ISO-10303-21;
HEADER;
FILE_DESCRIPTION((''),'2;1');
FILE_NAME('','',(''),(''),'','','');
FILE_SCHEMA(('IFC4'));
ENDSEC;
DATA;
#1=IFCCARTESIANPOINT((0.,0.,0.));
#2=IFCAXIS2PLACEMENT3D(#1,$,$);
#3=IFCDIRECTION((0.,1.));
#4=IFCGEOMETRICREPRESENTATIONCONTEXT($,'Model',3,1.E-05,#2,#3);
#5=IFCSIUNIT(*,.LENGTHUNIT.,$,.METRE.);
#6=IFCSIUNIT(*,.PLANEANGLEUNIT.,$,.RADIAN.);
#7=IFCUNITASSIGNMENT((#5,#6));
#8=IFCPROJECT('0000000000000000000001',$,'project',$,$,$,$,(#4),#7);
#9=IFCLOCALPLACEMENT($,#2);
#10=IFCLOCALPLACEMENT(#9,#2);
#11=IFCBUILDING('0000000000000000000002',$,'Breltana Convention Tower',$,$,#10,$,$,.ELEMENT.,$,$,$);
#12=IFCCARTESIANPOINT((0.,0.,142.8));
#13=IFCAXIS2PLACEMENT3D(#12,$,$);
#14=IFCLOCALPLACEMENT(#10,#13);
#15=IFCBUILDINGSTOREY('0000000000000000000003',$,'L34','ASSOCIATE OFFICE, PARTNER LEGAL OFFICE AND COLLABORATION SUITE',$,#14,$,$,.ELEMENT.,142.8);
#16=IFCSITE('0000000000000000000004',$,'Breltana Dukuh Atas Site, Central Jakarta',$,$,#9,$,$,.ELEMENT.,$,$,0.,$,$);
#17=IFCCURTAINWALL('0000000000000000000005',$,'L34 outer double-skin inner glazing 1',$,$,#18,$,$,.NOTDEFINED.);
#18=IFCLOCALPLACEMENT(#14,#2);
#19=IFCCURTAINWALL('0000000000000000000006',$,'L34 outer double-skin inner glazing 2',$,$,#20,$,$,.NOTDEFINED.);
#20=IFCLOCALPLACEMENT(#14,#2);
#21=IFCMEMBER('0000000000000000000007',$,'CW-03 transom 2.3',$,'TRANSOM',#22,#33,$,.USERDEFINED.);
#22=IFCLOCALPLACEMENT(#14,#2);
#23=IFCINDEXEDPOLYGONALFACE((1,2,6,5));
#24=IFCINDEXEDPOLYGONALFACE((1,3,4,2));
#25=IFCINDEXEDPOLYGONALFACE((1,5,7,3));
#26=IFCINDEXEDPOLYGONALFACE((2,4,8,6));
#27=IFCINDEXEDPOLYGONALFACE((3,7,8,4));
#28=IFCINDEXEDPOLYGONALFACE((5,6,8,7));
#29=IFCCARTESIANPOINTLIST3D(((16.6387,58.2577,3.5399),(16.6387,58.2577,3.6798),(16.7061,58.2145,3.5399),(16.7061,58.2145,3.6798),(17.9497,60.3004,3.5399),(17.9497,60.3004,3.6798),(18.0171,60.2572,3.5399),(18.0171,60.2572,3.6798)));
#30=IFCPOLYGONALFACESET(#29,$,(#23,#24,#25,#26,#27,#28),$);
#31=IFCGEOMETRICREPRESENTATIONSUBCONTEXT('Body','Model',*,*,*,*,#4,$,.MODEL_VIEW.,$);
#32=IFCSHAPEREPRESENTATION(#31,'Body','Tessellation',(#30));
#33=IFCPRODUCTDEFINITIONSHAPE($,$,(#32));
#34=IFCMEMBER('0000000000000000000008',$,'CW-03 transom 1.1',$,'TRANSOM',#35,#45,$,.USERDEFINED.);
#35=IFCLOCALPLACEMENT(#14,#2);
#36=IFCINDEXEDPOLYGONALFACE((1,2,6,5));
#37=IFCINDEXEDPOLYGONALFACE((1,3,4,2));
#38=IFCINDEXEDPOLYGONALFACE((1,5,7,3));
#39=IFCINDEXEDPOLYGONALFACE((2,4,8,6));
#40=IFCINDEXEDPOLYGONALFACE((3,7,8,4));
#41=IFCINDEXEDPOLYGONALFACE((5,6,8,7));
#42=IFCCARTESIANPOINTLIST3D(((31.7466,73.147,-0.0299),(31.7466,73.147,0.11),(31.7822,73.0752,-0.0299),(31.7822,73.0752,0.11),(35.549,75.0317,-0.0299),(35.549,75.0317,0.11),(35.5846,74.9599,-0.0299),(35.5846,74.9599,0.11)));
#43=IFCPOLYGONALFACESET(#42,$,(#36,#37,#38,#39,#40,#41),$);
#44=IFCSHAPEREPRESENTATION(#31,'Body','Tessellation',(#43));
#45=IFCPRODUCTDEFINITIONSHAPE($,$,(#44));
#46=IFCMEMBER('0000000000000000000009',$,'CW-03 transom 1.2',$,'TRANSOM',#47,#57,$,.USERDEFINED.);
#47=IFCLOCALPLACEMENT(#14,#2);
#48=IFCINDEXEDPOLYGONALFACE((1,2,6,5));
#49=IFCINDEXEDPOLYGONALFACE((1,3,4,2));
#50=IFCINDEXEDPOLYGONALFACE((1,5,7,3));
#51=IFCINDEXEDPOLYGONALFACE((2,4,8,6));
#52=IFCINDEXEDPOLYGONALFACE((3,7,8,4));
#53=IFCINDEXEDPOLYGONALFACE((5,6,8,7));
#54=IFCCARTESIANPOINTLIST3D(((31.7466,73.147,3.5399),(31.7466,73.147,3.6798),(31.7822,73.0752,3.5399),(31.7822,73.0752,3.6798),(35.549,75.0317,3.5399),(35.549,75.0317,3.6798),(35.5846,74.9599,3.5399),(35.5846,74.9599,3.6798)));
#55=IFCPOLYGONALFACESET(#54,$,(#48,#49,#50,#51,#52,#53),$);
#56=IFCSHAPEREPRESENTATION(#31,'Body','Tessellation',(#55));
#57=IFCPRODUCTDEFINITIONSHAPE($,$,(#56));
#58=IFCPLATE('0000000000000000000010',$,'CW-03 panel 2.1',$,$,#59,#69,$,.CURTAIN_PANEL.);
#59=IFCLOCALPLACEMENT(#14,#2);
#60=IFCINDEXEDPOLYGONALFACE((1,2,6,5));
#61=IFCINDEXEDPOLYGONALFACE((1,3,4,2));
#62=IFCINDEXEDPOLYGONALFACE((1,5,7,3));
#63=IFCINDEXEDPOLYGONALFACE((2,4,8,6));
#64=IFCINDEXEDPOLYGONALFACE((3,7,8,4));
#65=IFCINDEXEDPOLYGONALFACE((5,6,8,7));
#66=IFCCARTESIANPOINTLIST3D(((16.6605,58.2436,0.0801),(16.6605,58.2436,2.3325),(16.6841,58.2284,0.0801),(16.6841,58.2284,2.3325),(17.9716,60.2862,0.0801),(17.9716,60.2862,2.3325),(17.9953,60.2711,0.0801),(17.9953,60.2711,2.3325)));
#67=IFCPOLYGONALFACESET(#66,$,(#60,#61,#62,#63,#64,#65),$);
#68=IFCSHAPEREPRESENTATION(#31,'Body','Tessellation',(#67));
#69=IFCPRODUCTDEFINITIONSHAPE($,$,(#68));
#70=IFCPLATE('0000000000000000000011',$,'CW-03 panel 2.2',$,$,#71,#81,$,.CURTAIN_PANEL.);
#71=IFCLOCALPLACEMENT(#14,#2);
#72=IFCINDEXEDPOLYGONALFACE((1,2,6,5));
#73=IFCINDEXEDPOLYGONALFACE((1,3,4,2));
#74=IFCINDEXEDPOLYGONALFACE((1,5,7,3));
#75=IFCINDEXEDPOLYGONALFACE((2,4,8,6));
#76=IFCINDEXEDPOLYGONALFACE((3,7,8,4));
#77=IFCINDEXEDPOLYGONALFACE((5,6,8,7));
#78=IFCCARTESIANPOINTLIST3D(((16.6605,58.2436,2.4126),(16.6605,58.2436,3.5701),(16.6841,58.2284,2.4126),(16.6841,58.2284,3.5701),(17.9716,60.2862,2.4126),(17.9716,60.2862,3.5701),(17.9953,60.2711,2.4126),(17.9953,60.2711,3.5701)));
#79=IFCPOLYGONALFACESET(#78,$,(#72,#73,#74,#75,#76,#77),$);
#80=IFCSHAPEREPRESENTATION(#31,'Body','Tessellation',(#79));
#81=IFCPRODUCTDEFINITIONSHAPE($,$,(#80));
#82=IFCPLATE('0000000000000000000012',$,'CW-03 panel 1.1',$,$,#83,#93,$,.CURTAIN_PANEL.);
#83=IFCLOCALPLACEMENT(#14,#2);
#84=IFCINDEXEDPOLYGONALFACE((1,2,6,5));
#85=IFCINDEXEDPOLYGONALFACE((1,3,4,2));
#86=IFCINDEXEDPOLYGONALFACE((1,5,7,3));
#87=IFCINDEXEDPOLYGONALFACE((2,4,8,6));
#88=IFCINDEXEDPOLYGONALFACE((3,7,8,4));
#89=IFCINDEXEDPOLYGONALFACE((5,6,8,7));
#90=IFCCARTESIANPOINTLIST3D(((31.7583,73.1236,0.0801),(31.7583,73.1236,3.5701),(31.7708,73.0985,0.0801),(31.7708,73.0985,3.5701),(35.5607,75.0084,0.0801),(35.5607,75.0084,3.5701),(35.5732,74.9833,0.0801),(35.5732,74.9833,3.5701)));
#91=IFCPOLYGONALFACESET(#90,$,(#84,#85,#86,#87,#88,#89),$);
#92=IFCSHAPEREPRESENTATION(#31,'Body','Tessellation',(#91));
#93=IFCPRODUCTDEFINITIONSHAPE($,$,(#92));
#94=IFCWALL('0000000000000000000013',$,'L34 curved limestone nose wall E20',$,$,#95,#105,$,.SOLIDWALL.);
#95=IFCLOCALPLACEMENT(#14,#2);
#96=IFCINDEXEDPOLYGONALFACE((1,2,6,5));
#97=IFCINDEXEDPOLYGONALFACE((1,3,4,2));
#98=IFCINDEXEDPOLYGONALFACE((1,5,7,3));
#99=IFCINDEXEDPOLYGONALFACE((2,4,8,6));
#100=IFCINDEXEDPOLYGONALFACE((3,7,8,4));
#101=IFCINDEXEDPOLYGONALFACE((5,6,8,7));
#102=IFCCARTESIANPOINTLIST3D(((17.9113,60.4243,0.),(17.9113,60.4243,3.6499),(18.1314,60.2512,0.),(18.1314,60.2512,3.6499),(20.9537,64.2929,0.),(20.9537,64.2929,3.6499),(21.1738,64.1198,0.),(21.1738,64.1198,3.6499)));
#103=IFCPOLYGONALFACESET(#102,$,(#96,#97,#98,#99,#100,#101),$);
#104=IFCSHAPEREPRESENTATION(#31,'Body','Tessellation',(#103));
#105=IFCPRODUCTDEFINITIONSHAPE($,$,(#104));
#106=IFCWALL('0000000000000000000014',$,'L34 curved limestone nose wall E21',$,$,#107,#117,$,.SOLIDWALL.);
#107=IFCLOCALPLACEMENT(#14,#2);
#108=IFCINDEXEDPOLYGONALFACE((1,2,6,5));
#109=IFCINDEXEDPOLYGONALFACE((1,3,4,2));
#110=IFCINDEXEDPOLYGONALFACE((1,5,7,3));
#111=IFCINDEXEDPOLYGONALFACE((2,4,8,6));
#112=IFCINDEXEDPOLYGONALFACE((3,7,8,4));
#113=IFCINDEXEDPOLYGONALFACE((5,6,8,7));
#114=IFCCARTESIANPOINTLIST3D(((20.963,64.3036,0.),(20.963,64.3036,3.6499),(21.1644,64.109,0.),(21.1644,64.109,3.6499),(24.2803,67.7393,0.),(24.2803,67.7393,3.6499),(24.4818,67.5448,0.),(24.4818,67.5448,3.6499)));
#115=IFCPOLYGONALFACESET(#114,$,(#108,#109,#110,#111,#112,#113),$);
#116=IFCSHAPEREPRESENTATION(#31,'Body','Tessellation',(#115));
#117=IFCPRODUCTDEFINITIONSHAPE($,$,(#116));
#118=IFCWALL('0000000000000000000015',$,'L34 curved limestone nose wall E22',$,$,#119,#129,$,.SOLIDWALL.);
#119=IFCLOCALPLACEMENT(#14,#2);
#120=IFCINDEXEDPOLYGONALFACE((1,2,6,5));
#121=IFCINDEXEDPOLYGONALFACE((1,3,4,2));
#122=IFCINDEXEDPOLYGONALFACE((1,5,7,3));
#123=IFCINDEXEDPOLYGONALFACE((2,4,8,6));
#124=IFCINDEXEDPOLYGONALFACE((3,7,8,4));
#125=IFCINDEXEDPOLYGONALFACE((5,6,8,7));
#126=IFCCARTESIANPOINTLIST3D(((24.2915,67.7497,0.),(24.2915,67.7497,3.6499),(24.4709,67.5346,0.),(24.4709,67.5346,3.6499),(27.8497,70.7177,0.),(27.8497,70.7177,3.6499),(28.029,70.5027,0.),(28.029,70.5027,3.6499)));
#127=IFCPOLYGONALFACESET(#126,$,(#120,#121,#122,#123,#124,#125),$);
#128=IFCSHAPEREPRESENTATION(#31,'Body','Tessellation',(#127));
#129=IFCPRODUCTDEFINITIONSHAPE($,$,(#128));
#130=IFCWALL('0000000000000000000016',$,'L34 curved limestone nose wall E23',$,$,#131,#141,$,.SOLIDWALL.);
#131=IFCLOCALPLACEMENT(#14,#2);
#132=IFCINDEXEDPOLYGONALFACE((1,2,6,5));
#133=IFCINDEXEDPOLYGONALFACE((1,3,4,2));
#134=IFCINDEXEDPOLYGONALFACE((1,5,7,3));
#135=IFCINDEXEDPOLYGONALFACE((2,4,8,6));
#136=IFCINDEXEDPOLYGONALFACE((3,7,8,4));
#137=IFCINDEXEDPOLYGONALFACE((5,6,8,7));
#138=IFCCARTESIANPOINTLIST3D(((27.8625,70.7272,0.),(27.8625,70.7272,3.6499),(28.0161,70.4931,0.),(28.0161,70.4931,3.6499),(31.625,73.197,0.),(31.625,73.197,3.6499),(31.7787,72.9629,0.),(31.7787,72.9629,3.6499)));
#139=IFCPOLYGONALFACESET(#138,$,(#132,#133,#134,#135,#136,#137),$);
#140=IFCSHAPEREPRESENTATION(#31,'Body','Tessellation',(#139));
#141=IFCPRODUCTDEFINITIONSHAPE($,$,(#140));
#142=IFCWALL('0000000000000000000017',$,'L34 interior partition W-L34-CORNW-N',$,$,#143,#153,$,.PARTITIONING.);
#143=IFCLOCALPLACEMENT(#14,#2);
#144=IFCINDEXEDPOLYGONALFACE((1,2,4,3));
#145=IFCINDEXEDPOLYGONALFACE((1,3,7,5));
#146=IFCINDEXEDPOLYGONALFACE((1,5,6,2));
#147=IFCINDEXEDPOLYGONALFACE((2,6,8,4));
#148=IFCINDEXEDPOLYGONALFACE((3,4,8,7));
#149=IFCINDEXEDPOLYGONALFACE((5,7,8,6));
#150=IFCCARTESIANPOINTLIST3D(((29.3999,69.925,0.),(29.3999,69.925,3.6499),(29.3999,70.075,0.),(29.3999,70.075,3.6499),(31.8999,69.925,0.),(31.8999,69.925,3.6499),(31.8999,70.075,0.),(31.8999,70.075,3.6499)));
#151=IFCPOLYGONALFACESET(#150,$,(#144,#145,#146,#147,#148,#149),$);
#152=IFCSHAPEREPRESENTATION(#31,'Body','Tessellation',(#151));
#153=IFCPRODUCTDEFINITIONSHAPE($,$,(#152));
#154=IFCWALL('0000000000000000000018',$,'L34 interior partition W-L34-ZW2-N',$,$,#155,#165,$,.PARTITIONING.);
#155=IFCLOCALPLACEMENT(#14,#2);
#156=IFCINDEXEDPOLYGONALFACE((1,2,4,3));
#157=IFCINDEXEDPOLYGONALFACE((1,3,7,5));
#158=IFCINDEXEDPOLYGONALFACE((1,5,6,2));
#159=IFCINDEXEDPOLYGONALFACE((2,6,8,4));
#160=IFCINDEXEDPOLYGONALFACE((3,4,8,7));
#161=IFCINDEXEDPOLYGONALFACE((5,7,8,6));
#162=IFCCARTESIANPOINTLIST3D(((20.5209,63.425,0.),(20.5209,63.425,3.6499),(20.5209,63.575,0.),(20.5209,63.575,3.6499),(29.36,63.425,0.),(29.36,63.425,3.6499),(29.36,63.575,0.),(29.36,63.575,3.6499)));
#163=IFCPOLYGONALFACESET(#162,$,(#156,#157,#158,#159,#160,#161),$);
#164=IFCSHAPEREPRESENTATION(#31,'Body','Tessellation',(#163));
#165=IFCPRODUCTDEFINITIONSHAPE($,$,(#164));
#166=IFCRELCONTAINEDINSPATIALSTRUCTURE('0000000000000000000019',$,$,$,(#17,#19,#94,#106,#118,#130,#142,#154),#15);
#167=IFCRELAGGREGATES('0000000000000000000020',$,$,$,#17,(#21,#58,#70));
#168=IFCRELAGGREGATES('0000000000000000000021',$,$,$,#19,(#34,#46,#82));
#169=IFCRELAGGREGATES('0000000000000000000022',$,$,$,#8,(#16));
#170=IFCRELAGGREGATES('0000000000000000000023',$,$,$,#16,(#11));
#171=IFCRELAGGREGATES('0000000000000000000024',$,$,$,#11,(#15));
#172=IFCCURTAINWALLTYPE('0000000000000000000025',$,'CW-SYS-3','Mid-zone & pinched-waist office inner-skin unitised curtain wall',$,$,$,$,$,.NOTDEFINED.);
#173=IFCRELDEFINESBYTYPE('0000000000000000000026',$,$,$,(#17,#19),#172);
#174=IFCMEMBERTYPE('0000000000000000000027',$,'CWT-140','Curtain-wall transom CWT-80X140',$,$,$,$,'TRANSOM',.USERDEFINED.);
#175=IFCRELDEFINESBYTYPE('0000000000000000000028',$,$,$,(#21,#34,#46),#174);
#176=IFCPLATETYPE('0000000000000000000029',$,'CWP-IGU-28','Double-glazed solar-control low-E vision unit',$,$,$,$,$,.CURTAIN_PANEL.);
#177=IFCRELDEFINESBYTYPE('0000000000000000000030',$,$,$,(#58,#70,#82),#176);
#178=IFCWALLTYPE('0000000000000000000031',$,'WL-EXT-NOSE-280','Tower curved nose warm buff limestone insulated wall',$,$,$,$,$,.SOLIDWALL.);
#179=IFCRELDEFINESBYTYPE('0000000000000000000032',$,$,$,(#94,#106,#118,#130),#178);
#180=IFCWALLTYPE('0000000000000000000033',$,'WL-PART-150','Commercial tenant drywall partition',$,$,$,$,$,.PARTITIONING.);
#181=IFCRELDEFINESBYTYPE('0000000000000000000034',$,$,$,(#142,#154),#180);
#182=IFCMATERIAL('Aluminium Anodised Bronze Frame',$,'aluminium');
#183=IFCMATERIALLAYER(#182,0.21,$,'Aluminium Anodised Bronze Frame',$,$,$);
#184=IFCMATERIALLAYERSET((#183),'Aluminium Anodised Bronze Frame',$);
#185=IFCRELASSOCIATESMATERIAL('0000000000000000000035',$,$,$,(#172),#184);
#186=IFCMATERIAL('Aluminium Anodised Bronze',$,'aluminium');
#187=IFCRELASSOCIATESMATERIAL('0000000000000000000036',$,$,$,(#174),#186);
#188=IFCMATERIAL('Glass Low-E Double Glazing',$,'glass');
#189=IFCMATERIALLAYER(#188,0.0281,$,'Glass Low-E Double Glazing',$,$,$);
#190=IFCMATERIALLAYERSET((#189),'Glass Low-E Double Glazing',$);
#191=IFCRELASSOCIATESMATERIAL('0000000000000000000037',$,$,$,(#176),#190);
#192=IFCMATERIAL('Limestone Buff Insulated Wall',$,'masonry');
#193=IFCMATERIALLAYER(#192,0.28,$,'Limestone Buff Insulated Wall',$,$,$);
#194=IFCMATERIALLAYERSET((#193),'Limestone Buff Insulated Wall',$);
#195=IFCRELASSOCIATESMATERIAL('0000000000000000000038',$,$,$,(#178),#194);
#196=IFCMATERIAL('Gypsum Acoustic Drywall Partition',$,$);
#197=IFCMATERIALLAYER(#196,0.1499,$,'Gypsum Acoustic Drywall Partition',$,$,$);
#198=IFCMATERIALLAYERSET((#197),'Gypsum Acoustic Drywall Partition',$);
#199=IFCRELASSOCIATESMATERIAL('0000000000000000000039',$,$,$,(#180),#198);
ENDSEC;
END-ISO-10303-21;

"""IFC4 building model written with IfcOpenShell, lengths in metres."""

from ifc_helpers import new_model, si_unit, direction, frame, frame_2d, origin, origin_2d, place, context, subcontext, project, spatial, rectangle, extrude, source, transform, mapped, material, layer, layer_set, material_profile, profile_set, type_object, element, aggregate, save


model = new_model("IFC4")

# Units and contexts
model_context = context("Model", 3, precision=1e-05, world=origin(), true_north=direction((0.0, 1.0)))
body_context = subcontext(model_context, "Body", "Model", "MODEL_VIEW")
ifc_project = project(units=[si_unit("LENGTHUNIT", "METRE"), si_unit("PLANEANGLEUNIT", "RADIAN")], contexts=[model_context])

# Site, building, storey
site_placement = place(None, origin())
site = spatial("IfcSite", under=ifc_project, at=site_placement, Name="Breltana Dukuh Atas Site, Central Jakarta", CompositionType="ELEMENT", RefElevation=0.0)
building_placement = place(site_placement, origin())
building = spatial("IfcBuilding", under=site, at=building_placement, Name="Breltana Convention Tower", CompositionType="ELEMENT")
storey_placement = place(building_placement, frame((0.0, 0.0, 142.8)))
storey = spatial("IfcBuildingStorey", under=building, at=storey_placement, Name="L34", Description="ASSOCIATE OFFICE, PARTNER LEGAL OFFICE AND COLLABORATION SUITE", CompositionType="ELEMENT", Elevation=142.8)

# Curtain walls
ifc_material_1 = material(Name="Aluminium Anodised Bronze Frame", Category="aluminium")
ifc_layer_1 = layer(ifc_material_1, 0.21, Name="Aluminium Anodised Bronze Frame")
ifc_layer_set_1 = layer_set([ifc_layer_1], Name="Aluminium Anodised Bronze Frame")
curtain_wall_type = type_object("IfcCurtainWallType", Name="CW-SYS-3", Description="Mid-zone & pinched-waist office inner-skin unitised curtain wall", PredefinedType="NOTDEFINED", material=ifc_layer_set_1)
curtain_wall_1_placement = place(storey_placement, origin())
curtain_wall_1 = element("IfcCurtainWall", 1, at=curtain_wall_1_placement, inside=storey, type_object=curtain_wall_type, Name="L34 outer double-skin inner glazing 1", PredefinedType="NOTDEFINED")
ifc_material_2 = material(Name="Aluminium Anodised Bronze", Category="aluminium")
curtain_wall_2_placement = place(storey_placement, origin())
curtain_wall_2 = element("IfcCurtainWall", 2, at=curtain_wall_2_placement, inside=storey, type_object=curtain_wall_type, Name="L34 outer double-skin inner glazing 2", PredefinedType="NOTDEFINED")

# Members
ifc_material_profile_1 = material_profile(ifc_material_2, rectangle(XDim=0.0801, YDim=0.1399, at=origin_2d()), Name="CWT-80X140")
ifc_profile_set_1 = profile_set([ifc_material_profile_1], Name="Aluminium Anodised Bronze")
member_type_1 = type_object("IfcMemberType", Name="CWT-140", Description="Curtain-wall transom CWT-80X140", ElementType="TRANSOM", PredefinedType="USERDEFINED", material=ifc_profile_set_1)
shared_shape_1 = source(origin(), body_context, "Body", "SweptSolid", [
    extrude(rectangle(XDim=0.0801, YDim=0.1399, at=origin_2d()), origin(), (0.0, 0.0, 1.0), 2.4272),
])
member_1_placement = place(storey_placement, frame((16.6724, 58.2361, 3.6099), z_axis=(0.540132, 0.84158, 0.0), x_axis=(-0.84158, 0.540132, 0.0)))
member_1 = element("IfcMember", 3, at=member_1_placement, type_object=member_type_1, Name="CW-03 transom 2.3", ObjectType="TRANSOM", PredefinedType="USERDEFINED", context=body_context, shape_type="MappedRepresentation", body=[
    mapped(shared_shape_1, transform((0.0, 0.0, 0.0), scale=1.0)),
])
shared_shape_2 = source(origin(), body_context, "Body", "SweptSolid", [
    extrude(rectangle(XDim=0.0801, YDim=0.1399, at=origin_2d()), origin(), (0.0, 0.0, 1.0), 4.2439),
])
member_2_placement = place(storey_placement, frame((31.7644, 73.1111, 0.04), z_axis=(0.895975, 0.444104, 0.0), x_axis=(-0.444104, 0.895975, 0.0)))
member_2 = element("IfcMember", 4, at=member_2_placement, type_object=member_type_1, Name="CW-03 transom 1.1", ObjectType="TRANSOM", PredefinedType="USERDEFINED", context=body_context, shape_type="MappedRepresentation", body=[
    mapped(shared_shape_2, transform((0.0, 0.0, 0.0), scale=1.0)),
])
member_3_placement = place(storey_placement, frame((31.7644, 73.1111, 3.6099), z_axis=(0.895975, 0.444104, 0.0), x_axis=(-0.444104, 0.895975, 0.0)))
member_3 = element("IfcMember", 5, at=member_3_placement, type_object=member_type_1, Name="CW-03 transom 1.2", ObjectType="TRANSOM", PredefinedType="USERDEFINED", context=body_context, shape_type="MappedRepresentation", body=[
    mapped(shared_shape_2, transform((0.0, 0.0, 0.0), scale=1.0)),
])

# Plates
ifc_material_3 = material(Name="Glass Low-E Double Glazing", Category="glass")
ifc_layer_2 = layer(ifc_material_3, 0.0281, Name="Glass Low-E Double Glazing")
ifc_layer_set_2 = layer_set([ifc_layer_2], Name="Glass Low-E Double Glazing")
plate_type = type_object("IfcPlateType", Name="CWP-IGU-28", Description="Double-glazed solar-control low-E vision unit", PredefinedType="CURTAIN_PANEL", material=ifc_layer_set_2)
shared_shape_3 = source(origin(), body_context, "Body", "SweptSolid", [
    extrude(rectangle(XDim=2.4272, YDim=0.0281, at=origin_2d()), origin(), (0.0, 0.0, 1.0), 2.2524),
])
plate_1_placement = place(storey_placement, frame((17.3279, 59.2573, 0.0801), z_axis=(0.0, 0.0, 1.0), x_axis=(0.540173, 0.841554, 0.0)))
plate_1 = element("IfcPlate", 6, at=plate_1_placement, type_object=plate_type, Name="CW-03 panel 2.1", PredefinedType="CURTAIN_PANEL", context=body_context, shape_type="MappedRepresentation", body=[
    mapped(shared_shape_3, transform((0.0, 0.0, 0.0), scale=1.0)),
])
shared_shape_4 = source(origin(), body_context, "Body", "SweptSolid", [
    extrude(rectangle(XDim=2.4272, YDim=0.0281, at=origin_2d()), origin(), (0.0, 0.0, 1.0), 1.1575),
])
plate_2_placement = place(storey_placement, frame((17.3279, 59.2573, 2.4126), z_axis=(0.0, 0.0, 1.0), x_axis=(0.540173, 0.841554, 0.0)))
plate_2 = element("IfcPlate", 7, at=plate_2_placement, type_object=plate_type, Name="CW-03 panel 2.2", PredefinedType="CURTAIN_PANEL", context=body_context, shape_type="MappedRepresentation", body=[
    mapped(shared_shape_4, transform((0.0, 0.0, 0.0), scale=1.0)),
])
aggregate(curtain_wall_1, [member_1, plate_1, plate_2])
shared_shape_5 = source(origin(), body_context, "Body", "SweptSolid", [
    extrude(rectangle(XDim=4.2439, YDim=0.0281, at=origin_2d()), origin(), (0.0, 0.0, 1.0), 3.49),
])
plate_3_placement = place(storey_placement, frame((33.6658, 74.0535, 0.0801), z_axis=(0.0, 0.0, 1.0), x_axis=(0.895968, 0.444118, 0.0)))
plate_3 = element("IfcPlate", 8, at=plate_3_placement, type_object=plate_type, Name="CW-03 panel 1.1", PredefinedType="CURTAIN_PANEL", context=body_context, shape_type="MappedRepresentation", body=[
    mapped(shared_shape_5, transform((0.0, 0.0, 0.0), scale=1.0)),
])
aggregate(curtain_wall_2, [member_2, member_3, plate_3])

# Walls
ifc_material_4 = material(Name="Limestone Buff Insulated Wall", Category="masonry")
ifc_layer_3 = layer(ifc_material_4, 0.28, Name="Limestone Buff Insulated Wall")
ifc_layer_set_3 = layer_set([ifc_layer_3], Name="Limestone Buff Insulated Wall")
wall_type_1 = type_object("IfcWallType", Name="WL-EXT-NOSE-280", Description="Tower curved nose warm buff limestone insulated wall", PredefinedType="SOLIDWALL", material=ifc_layer_set_3)
shared_shape_6 = source(origin(), body_context, "Body", "SweptSolid", [
    extrude(rectangle(XDim=4.9216, YDim=0.28, at=frame_2d((2.4609, 0.0))), origin(), (0.0, 0.0, 1.0), 3.6499),
])
wall_1_placement = place(storey_placement, frame((18.0212, 60.3376, 0.0), z_axis=(0.0, 0.0, 1.0), x_axis=(0.618176, 0.786039, 0.0)))
element("IfcWall", 9, at=wall_1_placement, inside=storey, type_object=wall_type_1, Name="L34 curved limestone nose wall E20", PredefinedType="SOLIDWALL", context=body_context, shape_type="MappedRepresentation", body=[
    mapped(shared_shape_6, transform((0.0, 0.0, 0.0), scale=1.0)),
])
shared_shape_7 = source(origin(), body_context, "Body", "SweptSolid", [
    extrude(rectangle(XDim=4.7759, YDim=0.28, at=frame_2d((2.3879, 0.0))), origin(), (0.0, 0.0, 1.0), 3.6499),
])
wall_2_placement = place(storey_placement, frame((21.0637, 64.2063, 0.0), z_axis=(0.0, 0.0, 1.0), x_axis=(0.694602, 0.719394, 0.0)))
element("IfcWall", 10, at=wall_2_placement, inside=storey, type_object=wall_type_1, Name="L34 curved limestone nose wall E21", PredefinedType="SOLIDWALL", context=body_context, shape_type="MappedRepresentation", body=[
    mapped(shared_shape_7, transform((0.0, 0.0, 0.0), scale=1.0)),
])
shared_shape_8 = source(origin(), body_context, "Body", "SweptSolid", [
    extrude(rectangle(XDim=4.6335, YDim=0.28, at=frame_2d((2.3169, 0.0))), origin(), (0.0, 0.0, 1.0), 3.6499),
])
wall_3_placement = place(storey_placement, frame((24.3811, 67.6421, 0.0), z_axis=(0.0, 0.0, 1.0), x_axis=(0.76791, 0.640557, 0.0)))
element("IfcWall", 11, at=wall_3_placement, inside=storey, type_object=wall_type_1, Name="L34 curved limestone nose wall E22", PredefinedType="SOLIDWALL", context=body_context, shape_type="MappedRepresentation", body=[
    mapped(shared_shape_8, transform((0.0, 0.0, 0.0), scale=1.0)),
])
shared_shape_9 = source(origin(), body_context, "Body", "SweptSolid", [
    extrude(rectangle(XDim=4.5007, YDim=0.28, at=frame_2d((2.2505, 0.0))), origin(), (0.0, 0.0, 1.0), 3.6499),
])
wall_4_placement = place(storey_placement, frame((27.9392, 70.6101, 0.0), z_axis=(0.0, 0.0, 1.0), x_axis=(0.835985, 0.548752, 0.0)))
element("IfcWall", 12, at=wall_4_placement, inside=storey, type_object=wall_type_1, Name="L34 curved limestone nose wall E23", PredefinedType="SOLIDWALL", context=body_context, shape_type="MappedRepresentation", body=[
    mapped(shared_shape_9, transform((0.0, 0.0, 0.0), scale=1.0)),
])
ifc_material_5 = material(Name="Gypsum Acoustic Drywall Partition")
ifc_layer_4 = layer(ifc_material_5, 0.1499, Name="Gypsum Acoustic Drywall Partition")
ifc_layer_set_4 = layer_set([ifc_layer_4], Name="Gypsum Acoustic Drywall Partition")
wall_type_2 = type_object("IfcWallType", Name="WL-PART-150", Description="Commercial tenant drywall partition", PredefinedType="PARTITIONING", material=ifc_layer_set_4)
shared_shape_10 = source(origin(), body_context, "Body", "SweptSolid", [
    extrude(rectangle(XDim=2.5, YDim=0.1499, at=frame_2d((1.25, 0.0))), origin(), (0.0, 0.0, 1.0), 3.6499),
])
wall_5_placement = place(storey_placement, frame((29.3999, 70.0, 0.0), z_axis=(0.0, 0.0, 1.0), x_axis=(1.0, 0.0, 0.0)))
element("IfcWall", 13, at=wall_5_placement, inside=storey, type_object=wall_type_2, Name="L34 interior partition W-L34-CORNW-N", PredefinedType="PARTITIONING", context=body_context, shape_type="MappedRepresentation", body=[
    mapped(shared_shape_10, transform((0.0, 0.0, 0.0), scale=1.0)),
])
shared_shape_11 = source(origin(), body_context, "Body", "SweptSolid", [
    extrude(rectangle(XDim=8.8391, YDim=0.1499, at=frame_2d((4.4194, 0.0))), origin(), (0.0, 0.0, 1.0), 3.6499),
])
wall_6_placement = place(storey_placement, frame((20.521, 63.5, 0.0), z_axis=(0.0, 0.0, 1.0), x_axis=(1.0, 0.0, 0.0)))
element("IfcWall", 14, at=wall_6_placement, inside=storey, type_object=wall_type_2, Name="L34 interior partition W-L34-ZW2-N", PredefinedType="PARTITIONING", context=body_context, shape_type="MappedRepresentation", body=[
    mapped(shared_shape_11, transform((0.0, 0.0, 0.0), scale=1.0)),
])

save(model, "model.ifc")
